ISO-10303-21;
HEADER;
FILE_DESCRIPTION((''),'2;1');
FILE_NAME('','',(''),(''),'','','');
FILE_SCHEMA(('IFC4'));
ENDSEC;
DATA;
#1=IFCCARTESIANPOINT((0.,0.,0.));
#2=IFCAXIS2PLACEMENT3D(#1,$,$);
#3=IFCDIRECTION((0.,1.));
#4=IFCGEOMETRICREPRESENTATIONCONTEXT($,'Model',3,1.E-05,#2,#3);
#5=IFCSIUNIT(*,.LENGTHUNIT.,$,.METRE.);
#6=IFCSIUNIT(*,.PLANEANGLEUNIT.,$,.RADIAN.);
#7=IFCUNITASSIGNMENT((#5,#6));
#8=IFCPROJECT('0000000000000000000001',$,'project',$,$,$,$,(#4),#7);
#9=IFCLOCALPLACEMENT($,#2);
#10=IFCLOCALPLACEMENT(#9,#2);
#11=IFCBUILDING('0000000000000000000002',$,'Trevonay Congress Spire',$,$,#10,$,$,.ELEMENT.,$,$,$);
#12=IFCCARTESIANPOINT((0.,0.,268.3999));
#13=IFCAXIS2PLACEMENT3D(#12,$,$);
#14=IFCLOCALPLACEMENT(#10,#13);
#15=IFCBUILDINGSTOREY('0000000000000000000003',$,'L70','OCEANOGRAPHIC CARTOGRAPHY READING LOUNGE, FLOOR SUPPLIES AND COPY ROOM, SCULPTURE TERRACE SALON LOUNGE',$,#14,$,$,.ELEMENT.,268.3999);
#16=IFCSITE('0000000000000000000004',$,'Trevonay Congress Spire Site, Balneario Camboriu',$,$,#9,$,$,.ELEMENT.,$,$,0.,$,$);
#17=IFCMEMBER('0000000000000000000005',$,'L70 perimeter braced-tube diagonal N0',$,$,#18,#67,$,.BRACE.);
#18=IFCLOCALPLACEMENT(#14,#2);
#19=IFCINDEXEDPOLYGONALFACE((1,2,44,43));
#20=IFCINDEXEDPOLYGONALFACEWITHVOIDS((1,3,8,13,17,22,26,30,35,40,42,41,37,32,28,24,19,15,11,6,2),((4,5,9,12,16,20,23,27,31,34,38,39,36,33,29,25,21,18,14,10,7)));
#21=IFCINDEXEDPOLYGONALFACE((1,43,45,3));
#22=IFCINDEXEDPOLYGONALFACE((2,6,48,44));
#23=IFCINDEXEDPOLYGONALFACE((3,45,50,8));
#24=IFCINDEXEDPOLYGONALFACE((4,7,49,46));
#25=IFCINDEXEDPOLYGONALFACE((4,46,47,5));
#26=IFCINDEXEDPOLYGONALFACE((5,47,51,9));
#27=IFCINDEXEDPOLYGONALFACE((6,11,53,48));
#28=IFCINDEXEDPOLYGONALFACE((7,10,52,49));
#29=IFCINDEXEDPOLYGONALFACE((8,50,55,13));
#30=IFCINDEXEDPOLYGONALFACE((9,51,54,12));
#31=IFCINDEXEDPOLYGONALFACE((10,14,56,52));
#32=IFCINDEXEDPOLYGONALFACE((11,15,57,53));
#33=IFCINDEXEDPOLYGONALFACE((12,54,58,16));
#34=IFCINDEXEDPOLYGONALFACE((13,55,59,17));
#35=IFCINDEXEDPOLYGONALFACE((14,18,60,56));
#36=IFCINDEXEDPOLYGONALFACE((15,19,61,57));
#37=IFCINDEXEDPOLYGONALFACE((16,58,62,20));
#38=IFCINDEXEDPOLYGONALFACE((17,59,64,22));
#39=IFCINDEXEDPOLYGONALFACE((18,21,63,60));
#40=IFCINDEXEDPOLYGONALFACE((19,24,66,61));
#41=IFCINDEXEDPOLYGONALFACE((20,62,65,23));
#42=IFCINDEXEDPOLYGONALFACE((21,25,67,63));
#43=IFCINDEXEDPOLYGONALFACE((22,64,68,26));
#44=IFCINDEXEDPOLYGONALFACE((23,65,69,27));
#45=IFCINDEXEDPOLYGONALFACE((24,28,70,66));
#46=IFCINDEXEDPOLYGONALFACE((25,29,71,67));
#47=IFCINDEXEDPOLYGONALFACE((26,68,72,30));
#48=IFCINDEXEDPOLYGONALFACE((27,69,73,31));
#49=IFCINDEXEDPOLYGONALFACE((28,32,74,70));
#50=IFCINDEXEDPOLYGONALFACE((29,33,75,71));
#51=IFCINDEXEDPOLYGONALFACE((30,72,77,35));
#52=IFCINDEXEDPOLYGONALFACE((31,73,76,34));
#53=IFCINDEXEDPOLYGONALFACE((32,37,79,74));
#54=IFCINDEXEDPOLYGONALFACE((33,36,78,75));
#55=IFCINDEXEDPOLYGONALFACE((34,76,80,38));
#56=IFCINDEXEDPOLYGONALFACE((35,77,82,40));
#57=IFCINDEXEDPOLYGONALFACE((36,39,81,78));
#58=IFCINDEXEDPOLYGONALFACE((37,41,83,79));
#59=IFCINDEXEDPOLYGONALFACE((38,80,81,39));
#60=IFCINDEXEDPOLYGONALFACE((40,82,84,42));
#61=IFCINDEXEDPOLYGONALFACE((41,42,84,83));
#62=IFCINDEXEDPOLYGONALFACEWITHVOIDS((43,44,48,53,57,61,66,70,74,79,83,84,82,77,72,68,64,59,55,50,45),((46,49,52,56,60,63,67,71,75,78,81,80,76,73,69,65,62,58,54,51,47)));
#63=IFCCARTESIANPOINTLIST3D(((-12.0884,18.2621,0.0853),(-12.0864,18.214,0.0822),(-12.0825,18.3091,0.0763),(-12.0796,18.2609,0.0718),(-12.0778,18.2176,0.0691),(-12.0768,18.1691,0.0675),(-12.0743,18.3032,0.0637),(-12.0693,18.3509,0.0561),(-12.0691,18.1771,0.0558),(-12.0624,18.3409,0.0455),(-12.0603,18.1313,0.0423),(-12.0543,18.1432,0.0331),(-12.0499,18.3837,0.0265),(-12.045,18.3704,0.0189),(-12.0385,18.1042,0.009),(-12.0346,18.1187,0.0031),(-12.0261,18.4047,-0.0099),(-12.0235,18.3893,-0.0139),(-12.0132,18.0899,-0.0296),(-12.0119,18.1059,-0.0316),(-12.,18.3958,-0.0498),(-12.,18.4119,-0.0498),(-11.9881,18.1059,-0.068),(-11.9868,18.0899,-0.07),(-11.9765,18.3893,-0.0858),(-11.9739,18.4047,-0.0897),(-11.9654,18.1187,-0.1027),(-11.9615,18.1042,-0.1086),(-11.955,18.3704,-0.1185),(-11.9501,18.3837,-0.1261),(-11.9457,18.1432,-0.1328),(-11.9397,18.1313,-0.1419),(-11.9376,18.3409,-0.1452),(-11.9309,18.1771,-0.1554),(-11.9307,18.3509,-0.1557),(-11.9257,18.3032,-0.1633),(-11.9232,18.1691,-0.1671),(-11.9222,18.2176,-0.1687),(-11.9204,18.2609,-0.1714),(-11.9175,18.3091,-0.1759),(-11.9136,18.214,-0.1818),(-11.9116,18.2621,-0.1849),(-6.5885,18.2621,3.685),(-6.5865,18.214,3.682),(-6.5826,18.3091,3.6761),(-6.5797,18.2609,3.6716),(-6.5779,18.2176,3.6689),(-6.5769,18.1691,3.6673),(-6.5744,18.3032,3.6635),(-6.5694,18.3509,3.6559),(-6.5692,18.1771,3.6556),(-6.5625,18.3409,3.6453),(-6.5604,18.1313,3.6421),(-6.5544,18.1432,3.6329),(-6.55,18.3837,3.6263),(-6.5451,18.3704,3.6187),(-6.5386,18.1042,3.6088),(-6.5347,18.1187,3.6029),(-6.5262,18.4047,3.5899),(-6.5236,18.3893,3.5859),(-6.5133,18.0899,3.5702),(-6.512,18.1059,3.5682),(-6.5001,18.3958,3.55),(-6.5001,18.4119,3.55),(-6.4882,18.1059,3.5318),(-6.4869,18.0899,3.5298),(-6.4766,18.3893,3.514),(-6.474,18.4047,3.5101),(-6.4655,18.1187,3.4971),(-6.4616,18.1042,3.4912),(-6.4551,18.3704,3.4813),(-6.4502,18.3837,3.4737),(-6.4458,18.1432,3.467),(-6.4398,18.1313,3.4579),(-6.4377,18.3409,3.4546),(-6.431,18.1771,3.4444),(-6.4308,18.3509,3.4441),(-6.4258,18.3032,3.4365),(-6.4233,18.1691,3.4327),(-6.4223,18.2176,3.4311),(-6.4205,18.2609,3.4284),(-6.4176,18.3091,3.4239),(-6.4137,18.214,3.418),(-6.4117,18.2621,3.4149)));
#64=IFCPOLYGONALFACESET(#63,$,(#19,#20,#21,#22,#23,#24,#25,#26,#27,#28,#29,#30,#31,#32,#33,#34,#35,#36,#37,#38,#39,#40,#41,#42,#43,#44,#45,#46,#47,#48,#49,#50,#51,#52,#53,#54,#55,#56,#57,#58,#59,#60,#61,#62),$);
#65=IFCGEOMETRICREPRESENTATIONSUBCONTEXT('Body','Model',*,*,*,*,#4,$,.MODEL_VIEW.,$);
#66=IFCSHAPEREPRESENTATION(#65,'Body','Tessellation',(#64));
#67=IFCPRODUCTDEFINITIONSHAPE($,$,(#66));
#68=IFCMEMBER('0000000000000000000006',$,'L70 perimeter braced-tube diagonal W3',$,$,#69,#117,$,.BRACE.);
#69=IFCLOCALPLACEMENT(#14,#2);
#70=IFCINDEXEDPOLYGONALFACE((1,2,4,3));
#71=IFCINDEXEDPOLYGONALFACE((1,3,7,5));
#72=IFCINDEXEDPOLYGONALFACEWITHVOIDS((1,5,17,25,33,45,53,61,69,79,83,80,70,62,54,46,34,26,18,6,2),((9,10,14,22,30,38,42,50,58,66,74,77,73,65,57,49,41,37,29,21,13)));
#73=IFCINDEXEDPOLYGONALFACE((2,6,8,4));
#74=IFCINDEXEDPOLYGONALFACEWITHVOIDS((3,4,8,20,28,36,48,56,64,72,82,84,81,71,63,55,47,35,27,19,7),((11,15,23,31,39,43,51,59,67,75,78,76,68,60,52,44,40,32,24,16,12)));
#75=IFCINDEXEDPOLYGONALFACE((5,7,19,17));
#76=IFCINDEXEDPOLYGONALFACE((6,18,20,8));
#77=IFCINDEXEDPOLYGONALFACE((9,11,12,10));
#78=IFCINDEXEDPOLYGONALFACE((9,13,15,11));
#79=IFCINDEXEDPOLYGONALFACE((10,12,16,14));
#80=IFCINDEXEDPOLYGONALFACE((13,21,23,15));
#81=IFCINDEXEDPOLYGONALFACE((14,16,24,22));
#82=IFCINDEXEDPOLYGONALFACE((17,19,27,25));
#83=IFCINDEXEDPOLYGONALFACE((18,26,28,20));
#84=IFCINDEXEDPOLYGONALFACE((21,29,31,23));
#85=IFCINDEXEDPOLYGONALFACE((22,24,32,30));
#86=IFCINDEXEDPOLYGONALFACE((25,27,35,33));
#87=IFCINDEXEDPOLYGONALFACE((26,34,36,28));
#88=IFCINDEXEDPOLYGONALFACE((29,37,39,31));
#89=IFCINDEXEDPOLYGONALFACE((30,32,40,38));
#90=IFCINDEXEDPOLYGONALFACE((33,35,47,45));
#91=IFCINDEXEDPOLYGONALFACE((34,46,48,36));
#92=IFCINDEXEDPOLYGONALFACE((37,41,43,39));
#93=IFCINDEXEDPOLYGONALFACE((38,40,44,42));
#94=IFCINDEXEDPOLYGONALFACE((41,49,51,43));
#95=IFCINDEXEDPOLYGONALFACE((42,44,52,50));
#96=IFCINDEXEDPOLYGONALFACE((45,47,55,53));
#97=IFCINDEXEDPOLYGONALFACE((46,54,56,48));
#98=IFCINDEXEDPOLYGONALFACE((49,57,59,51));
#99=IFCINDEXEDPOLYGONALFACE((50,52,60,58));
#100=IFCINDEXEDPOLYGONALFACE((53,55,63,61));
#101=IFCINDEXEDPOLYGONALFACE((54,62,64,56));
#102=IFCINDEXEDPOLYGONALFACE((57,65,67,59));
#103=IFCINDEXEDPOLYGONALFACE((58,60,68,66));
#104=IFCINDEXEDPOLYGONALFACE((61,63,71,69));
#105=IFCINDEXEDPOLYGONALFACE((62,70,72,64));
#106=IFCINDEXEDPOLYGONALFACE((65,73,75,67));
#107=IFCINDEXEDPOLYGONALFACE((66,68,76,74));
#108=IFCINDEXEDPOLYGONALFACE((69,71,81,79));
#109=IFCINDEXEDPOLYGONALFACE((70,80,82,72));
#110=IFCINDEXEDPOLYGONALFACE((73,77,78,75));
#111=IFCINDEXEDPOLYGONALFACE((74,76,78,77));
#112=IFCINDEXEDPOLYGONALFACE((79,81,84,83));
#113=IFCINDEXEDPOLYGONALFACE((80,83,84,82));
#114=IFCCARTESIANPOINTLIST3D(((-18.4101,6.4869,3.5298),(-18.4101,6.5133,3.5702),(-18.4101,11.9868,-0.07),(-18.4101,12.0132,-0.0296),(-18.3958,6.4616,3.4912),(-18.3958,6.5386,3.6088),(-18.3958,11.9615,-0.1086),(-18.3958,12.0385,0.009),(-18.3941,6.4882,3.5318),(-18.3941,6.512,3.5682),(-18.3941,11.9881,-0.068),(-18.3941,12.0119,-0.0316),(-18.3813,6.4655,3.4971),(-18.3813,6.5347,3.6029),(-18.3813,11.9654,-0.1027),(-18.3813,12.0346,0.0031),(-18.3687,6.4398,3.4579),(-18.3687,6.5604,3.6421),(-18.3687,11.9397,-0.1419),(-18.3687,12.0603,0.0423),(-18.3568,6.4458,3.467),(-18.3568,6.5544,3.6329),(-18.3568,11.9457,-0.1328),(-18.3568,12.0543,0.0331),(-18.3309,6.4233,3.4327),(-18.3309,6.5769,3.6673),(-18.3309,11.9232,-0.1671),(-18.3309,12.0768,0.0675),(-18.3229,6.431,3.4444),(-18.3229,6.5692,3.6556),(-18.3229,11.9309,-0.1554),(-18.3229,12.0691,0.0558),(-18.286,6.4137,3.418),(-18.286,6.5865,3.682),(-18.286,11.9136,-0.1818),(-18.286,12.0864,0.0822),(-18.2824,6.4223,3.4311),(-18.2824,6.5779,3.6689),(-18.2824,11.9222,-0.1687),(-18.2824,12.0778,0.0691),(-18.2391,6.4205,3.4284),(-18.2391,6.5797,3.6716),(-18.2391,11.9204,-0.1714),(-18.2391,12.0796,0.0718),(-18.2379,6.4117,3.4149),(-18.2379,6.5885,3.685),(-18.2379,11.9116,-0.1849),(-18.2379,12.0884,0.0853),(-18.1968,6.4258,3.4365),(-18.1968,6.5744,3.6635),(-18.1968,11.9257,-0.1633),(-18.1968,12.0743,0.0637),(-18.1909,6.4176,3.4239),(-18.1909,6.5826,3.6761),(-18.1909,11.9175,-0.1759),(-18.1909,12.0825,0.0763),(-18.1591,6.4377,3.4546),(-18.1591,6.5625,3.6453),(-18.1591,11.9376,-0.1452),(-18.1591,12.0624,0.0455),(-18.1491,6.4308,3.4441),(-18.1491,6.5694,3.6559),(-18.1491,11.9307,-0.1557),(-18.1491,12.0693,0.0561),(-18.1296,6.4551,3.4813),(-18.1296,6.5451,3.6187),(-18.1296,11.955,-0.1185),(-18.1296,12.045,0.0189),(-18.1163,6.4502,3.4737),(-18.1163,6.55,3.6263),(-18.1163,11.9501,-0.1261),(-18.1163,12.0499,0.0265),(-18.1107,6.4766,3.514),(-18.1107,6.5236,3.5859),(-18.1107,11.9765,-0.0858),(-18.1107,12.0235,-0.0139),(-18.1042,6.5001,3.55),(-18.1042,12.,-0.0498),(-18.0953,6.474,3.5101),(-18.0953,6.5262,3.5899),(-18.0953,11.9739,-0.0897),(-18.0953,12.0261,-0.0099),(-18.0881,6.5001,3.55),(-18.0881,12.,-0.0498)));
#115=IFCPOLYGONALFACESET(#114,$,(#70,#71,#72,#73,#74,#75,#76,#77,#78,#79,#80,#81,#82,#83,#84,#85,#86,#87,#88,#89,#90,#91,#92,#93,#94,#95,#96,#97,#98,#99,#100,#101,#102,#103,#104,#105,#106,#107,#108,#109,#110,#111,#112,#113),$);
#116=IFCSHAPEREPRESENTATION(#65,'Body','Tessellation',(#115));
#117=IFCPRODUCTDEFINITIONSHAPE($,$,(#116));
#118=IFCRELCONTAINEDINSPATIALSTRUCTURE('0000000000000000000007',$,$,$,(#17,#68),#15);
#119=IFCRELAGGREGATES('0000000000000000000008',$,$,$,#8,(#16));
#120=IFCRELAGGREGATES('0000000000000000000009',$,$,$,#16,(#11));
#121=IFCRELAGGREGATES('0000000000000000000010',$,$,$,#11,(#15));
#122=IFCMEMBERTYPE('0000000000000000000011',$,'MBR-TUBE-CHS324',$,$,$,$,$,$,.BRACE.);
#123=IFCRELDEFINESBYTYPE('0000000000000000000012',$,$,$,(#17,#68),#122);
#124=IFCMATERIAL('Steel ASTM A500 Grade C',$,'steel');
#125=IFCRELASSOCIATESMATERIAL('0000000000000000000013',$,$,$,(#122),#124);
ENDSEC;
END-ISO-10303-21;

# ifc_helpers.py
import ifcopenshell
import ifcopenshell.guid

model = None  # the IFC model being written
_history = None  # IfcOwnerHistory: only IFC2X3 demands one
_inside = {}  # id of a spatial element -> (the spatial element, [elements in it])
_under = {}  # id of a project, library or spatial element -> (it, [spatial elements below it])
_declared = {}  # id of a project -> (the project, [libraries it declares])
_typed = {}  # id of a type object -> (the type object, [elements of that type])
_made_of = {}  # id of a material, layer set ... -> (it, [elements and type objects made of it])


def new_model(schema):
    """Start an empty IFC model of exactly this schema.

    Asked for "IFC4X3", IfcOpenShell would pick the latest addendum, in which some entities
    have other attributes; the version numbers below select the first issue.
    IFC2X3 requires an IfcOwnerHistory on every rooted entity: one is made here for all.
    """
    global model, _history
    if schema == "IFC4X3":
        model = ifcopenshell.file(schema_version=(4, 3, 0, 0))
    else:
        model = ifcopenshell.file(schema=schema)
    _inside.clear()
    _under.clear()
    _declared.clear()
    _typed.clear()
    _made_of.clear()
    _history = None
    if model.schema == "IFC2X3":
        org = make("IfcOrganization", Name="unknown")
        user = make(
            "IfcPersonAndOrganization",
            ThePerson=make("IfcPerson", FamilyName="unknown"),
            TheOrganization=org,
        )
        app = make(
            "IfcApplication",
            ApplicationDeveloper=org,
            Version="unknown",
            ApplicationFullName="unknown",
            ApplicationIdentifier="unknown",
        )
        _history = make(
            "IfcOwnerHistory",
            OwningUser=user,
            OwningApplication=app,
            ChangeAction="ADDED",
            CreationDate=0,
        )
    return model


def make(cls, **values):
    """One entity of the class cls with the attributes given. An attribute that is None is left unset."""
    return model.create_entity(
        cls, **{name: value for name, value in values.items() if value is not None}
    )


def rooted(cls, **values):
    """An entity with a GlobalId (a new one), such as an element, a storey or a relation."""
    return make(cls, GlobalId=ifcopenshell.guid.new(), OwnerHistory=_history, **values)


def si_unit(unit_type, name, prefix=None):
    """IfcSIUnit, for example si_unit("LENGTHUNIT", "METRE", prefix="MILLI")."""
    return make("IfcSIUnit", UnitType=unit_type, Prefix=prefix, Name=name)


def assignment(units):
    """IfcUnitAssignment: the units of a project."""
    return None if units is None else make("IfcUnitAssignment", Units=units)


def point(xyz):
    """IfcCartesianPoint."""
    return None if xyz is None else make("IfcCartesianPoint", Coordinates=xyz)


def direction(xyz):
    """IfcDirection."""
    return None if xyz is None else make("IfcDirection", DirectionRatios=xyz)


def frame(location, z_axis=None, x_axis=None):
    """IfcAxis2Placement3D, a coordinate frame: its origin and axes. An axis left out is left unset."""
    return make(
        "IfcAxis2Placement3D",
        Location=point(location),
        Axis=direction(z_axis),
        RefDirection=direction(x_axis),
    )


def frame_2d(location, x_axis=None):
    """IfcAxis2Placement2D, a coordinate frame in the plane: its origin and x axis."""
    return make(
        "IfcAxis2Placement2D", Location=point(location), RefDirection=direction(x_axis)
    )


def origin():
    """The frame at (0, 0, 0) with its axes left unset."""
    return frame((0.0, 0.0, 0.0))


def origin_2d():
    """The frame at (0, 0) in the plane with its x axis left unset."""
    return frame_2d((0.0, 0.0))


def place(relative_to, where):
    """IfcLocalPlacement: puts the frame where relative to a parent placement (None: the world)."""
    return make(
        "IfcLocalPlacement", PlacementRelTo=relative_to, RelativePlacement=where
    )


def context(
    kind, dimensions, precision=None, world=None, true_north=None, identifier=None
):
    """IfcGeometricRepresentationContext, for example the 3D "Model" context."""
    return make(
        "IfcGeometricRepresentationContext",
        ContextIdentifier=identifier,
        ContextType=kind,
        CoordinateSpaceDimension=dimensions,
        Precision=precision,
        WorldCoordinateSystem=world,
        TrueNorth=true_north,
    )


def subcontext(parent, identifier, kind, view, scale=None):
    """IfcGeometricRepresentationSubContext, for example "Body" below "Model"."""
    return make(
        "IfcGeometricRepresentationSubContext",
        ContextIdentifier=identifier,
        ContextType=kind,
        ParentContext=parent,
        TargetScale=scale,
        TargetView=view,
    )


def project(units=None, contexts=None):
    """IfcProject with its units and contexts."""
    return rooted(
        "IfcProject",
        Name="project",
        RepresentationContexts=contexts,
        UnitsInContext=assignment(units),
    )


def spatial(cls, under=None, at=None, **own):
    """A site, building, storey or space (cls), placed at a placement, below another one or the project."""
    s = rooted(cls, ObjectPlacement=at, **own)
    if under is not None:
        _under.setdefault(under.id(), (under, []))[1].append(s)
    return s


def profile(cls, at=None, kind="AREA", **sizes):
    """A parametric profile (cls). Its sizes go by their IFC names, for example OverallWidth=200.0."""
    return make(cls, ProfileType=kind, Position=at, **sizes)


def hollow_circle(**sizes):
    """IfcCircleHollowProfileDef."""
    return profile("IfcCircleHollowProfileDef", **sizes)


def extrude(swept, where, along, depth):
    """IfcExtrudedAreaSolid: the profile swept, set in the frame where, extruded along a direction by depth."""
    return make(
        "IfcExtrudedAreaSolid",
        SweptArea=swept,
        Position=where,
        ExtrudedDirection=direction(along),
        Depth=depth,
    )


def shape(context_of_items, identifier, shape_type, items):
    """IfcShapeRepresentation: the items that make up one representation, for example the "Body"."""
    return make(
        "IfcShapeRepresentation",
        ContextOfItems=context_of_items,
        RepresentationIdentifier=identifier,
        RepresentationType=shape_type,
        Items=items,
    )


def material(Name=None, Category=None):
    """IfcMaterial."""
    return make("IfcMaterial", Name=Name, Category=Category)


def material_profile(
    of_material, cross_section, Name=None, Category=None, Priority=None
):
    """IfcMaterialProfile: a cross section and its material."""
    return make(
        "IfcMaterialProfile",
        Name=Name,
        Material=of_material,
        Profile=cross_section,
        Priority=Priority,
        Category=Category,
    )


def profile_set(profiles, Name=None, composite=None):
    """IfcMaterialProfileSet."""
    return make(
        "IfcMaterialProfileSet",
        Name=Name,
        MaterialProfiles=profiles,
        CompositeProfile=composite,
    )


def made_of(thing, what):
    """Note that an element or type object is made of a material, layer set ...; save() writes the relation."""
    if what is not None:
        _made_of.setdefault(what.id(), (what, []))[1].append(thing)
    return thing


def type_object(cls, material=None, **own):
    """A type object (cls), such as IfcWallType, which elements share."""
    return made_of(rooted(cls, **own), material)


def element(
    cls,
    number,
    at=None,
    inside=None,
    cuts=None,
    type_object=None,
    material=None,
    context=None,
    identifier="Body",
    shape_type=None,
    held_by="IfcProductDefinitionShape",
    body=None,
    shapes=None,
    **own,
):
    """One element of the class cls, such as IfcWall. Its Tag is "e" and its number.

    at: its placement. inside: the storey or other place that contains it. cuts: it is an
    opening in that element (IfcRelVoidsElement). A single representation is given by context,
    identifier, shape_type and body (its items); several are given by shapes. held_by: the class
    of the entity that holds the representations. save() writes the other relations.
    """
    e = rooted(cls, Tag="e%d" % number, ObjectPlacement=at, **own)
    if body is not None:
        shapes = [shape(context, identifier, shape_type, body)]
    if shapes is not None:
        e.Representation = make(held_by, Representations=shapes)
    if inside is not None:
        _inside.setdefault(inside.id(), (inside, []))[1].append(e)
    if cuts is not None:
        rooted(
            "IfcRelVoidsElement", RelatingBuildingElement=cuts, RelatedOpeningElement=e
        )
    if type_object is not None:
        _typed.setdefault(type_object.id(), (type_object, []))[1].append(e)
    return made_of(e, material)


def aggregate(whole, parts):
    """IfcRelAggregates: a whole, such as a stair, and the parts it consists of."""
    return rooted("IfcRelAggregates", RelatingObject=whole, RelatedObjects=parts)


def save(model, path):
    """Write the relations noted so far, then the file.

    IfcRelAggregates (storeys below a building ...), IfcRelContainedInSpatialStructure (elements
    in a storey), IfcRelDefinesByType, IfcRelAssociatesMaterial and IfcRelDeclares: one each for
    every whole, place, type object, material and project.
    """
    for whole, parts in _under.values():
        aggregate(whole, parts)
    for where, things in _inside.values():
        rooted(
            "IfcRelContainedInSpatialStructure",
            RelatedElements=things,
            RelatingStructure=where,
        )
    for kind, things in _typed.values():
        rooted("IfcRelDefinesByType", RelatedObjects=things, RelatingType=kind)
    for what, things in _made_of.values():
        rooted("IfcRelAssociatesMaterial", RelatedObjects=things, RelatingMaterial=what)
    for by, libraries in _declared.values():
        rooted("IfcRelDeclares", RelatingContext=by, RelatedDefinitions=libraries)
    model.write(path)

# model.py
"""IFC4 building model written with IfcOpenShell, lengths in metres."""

from ifc_helpers import new_model, si_unit, direction, frame, origin, origin_2d, place, context, subcontext, project, spatial, hollow_circle, extrude, material, material_profile, profile_set, type_object, element, save


model = new_model("IFC4")

# Units and contexts
model_context = context("Model", 3, precision=1e-05, world=origin(), true_north=direction((0.0, 1.0)))
body_context = subcontext(model_context, "Body", "Model", "MODEL_VIEW")
ifc_project = project(units=[si_unit("LENGTHUNIT", "METRE"), si_unit("PLANEANGLEUNIT", "RADIAN")], contexts=[model_context])

# Site, building, storey
site_placement = place(None, origin())
site = spatial("IfcSite", under=ifc_project, at=site_placement, Name="Trevonay Congress Spire Site, Balneario Camboriu", CompositionType="ELEMENT", RefElevation=0.0)
building_placement = place(site_placement, origin())
building = spatial("IfcBuilding", under=site, at=building_placement, Name="Trevonay Congress Spire", CompositionType="ELEMENT")
storey_placement = place(building_placement, frame((0.0, 0.0, 268.3999)))
storey = spatial("IfcBuildingStorey", under=building, at=storey_placement, Name="L70", Description="OCEANOGRAPHIC CARTOGRAPHY READING LOUNGE, FLOOR SUPPLIES AND COPY ROOM, SCULPTURE TERRACE SALON LOUNGE", CompositionType="ELEMENT", Elevation=268.3999)

# Members
ifc_material_1 = material(Name="Steel ASTM A500 Grade C", Category="steel")
ifc_material_profile_1 = material_profile(ifc_material_1, hollow_circle(Radius=0.1619, WallThickness=0.0161, at=origin_2d()), Name="CHS 323.9x16")
ifc_profile_set_1 = profile_set([ifc_material_profile_1], Name="Steel ASTM A500 Grade C")
member_type = type_object("IfcMemberType", Name="MBR-TUBE-CHS324", PredefinedType="BRACE", material=ifc_profile_set_1)
for number, where, z_axis, x_axis, name in (
    (1, (-12.0, 18.25, -0.0498), (0.836712, 0.0, 0.547644), (0.0, 1.0, 0.0), "L70 perimeter braced-tube diagonal N0"),
    (2, (-18.25, 12.0, -0.0498), (0.0, -0.836712, 0.547644), (1.0, 0.0, 0.0), "L70 perimeter braced-tube diagonal W3"),
):
    element("IfcMember", number, at=place(storey_placement, frame(where, z_axis=z_axis, x_axis=x_axis)), inside=storey, type_object=member_type, Name=name, PredefinedType="BRACE", context=body_context, shape_type="SweptSolid", body=[
        extrude(hollow_circle(Radius=0.1619, WallThickness=0.0161, at=origin_2d()), origin(), (0.0, 0.0, 1.0), 6.5732),
    ])

save(model, "model.ifc")
